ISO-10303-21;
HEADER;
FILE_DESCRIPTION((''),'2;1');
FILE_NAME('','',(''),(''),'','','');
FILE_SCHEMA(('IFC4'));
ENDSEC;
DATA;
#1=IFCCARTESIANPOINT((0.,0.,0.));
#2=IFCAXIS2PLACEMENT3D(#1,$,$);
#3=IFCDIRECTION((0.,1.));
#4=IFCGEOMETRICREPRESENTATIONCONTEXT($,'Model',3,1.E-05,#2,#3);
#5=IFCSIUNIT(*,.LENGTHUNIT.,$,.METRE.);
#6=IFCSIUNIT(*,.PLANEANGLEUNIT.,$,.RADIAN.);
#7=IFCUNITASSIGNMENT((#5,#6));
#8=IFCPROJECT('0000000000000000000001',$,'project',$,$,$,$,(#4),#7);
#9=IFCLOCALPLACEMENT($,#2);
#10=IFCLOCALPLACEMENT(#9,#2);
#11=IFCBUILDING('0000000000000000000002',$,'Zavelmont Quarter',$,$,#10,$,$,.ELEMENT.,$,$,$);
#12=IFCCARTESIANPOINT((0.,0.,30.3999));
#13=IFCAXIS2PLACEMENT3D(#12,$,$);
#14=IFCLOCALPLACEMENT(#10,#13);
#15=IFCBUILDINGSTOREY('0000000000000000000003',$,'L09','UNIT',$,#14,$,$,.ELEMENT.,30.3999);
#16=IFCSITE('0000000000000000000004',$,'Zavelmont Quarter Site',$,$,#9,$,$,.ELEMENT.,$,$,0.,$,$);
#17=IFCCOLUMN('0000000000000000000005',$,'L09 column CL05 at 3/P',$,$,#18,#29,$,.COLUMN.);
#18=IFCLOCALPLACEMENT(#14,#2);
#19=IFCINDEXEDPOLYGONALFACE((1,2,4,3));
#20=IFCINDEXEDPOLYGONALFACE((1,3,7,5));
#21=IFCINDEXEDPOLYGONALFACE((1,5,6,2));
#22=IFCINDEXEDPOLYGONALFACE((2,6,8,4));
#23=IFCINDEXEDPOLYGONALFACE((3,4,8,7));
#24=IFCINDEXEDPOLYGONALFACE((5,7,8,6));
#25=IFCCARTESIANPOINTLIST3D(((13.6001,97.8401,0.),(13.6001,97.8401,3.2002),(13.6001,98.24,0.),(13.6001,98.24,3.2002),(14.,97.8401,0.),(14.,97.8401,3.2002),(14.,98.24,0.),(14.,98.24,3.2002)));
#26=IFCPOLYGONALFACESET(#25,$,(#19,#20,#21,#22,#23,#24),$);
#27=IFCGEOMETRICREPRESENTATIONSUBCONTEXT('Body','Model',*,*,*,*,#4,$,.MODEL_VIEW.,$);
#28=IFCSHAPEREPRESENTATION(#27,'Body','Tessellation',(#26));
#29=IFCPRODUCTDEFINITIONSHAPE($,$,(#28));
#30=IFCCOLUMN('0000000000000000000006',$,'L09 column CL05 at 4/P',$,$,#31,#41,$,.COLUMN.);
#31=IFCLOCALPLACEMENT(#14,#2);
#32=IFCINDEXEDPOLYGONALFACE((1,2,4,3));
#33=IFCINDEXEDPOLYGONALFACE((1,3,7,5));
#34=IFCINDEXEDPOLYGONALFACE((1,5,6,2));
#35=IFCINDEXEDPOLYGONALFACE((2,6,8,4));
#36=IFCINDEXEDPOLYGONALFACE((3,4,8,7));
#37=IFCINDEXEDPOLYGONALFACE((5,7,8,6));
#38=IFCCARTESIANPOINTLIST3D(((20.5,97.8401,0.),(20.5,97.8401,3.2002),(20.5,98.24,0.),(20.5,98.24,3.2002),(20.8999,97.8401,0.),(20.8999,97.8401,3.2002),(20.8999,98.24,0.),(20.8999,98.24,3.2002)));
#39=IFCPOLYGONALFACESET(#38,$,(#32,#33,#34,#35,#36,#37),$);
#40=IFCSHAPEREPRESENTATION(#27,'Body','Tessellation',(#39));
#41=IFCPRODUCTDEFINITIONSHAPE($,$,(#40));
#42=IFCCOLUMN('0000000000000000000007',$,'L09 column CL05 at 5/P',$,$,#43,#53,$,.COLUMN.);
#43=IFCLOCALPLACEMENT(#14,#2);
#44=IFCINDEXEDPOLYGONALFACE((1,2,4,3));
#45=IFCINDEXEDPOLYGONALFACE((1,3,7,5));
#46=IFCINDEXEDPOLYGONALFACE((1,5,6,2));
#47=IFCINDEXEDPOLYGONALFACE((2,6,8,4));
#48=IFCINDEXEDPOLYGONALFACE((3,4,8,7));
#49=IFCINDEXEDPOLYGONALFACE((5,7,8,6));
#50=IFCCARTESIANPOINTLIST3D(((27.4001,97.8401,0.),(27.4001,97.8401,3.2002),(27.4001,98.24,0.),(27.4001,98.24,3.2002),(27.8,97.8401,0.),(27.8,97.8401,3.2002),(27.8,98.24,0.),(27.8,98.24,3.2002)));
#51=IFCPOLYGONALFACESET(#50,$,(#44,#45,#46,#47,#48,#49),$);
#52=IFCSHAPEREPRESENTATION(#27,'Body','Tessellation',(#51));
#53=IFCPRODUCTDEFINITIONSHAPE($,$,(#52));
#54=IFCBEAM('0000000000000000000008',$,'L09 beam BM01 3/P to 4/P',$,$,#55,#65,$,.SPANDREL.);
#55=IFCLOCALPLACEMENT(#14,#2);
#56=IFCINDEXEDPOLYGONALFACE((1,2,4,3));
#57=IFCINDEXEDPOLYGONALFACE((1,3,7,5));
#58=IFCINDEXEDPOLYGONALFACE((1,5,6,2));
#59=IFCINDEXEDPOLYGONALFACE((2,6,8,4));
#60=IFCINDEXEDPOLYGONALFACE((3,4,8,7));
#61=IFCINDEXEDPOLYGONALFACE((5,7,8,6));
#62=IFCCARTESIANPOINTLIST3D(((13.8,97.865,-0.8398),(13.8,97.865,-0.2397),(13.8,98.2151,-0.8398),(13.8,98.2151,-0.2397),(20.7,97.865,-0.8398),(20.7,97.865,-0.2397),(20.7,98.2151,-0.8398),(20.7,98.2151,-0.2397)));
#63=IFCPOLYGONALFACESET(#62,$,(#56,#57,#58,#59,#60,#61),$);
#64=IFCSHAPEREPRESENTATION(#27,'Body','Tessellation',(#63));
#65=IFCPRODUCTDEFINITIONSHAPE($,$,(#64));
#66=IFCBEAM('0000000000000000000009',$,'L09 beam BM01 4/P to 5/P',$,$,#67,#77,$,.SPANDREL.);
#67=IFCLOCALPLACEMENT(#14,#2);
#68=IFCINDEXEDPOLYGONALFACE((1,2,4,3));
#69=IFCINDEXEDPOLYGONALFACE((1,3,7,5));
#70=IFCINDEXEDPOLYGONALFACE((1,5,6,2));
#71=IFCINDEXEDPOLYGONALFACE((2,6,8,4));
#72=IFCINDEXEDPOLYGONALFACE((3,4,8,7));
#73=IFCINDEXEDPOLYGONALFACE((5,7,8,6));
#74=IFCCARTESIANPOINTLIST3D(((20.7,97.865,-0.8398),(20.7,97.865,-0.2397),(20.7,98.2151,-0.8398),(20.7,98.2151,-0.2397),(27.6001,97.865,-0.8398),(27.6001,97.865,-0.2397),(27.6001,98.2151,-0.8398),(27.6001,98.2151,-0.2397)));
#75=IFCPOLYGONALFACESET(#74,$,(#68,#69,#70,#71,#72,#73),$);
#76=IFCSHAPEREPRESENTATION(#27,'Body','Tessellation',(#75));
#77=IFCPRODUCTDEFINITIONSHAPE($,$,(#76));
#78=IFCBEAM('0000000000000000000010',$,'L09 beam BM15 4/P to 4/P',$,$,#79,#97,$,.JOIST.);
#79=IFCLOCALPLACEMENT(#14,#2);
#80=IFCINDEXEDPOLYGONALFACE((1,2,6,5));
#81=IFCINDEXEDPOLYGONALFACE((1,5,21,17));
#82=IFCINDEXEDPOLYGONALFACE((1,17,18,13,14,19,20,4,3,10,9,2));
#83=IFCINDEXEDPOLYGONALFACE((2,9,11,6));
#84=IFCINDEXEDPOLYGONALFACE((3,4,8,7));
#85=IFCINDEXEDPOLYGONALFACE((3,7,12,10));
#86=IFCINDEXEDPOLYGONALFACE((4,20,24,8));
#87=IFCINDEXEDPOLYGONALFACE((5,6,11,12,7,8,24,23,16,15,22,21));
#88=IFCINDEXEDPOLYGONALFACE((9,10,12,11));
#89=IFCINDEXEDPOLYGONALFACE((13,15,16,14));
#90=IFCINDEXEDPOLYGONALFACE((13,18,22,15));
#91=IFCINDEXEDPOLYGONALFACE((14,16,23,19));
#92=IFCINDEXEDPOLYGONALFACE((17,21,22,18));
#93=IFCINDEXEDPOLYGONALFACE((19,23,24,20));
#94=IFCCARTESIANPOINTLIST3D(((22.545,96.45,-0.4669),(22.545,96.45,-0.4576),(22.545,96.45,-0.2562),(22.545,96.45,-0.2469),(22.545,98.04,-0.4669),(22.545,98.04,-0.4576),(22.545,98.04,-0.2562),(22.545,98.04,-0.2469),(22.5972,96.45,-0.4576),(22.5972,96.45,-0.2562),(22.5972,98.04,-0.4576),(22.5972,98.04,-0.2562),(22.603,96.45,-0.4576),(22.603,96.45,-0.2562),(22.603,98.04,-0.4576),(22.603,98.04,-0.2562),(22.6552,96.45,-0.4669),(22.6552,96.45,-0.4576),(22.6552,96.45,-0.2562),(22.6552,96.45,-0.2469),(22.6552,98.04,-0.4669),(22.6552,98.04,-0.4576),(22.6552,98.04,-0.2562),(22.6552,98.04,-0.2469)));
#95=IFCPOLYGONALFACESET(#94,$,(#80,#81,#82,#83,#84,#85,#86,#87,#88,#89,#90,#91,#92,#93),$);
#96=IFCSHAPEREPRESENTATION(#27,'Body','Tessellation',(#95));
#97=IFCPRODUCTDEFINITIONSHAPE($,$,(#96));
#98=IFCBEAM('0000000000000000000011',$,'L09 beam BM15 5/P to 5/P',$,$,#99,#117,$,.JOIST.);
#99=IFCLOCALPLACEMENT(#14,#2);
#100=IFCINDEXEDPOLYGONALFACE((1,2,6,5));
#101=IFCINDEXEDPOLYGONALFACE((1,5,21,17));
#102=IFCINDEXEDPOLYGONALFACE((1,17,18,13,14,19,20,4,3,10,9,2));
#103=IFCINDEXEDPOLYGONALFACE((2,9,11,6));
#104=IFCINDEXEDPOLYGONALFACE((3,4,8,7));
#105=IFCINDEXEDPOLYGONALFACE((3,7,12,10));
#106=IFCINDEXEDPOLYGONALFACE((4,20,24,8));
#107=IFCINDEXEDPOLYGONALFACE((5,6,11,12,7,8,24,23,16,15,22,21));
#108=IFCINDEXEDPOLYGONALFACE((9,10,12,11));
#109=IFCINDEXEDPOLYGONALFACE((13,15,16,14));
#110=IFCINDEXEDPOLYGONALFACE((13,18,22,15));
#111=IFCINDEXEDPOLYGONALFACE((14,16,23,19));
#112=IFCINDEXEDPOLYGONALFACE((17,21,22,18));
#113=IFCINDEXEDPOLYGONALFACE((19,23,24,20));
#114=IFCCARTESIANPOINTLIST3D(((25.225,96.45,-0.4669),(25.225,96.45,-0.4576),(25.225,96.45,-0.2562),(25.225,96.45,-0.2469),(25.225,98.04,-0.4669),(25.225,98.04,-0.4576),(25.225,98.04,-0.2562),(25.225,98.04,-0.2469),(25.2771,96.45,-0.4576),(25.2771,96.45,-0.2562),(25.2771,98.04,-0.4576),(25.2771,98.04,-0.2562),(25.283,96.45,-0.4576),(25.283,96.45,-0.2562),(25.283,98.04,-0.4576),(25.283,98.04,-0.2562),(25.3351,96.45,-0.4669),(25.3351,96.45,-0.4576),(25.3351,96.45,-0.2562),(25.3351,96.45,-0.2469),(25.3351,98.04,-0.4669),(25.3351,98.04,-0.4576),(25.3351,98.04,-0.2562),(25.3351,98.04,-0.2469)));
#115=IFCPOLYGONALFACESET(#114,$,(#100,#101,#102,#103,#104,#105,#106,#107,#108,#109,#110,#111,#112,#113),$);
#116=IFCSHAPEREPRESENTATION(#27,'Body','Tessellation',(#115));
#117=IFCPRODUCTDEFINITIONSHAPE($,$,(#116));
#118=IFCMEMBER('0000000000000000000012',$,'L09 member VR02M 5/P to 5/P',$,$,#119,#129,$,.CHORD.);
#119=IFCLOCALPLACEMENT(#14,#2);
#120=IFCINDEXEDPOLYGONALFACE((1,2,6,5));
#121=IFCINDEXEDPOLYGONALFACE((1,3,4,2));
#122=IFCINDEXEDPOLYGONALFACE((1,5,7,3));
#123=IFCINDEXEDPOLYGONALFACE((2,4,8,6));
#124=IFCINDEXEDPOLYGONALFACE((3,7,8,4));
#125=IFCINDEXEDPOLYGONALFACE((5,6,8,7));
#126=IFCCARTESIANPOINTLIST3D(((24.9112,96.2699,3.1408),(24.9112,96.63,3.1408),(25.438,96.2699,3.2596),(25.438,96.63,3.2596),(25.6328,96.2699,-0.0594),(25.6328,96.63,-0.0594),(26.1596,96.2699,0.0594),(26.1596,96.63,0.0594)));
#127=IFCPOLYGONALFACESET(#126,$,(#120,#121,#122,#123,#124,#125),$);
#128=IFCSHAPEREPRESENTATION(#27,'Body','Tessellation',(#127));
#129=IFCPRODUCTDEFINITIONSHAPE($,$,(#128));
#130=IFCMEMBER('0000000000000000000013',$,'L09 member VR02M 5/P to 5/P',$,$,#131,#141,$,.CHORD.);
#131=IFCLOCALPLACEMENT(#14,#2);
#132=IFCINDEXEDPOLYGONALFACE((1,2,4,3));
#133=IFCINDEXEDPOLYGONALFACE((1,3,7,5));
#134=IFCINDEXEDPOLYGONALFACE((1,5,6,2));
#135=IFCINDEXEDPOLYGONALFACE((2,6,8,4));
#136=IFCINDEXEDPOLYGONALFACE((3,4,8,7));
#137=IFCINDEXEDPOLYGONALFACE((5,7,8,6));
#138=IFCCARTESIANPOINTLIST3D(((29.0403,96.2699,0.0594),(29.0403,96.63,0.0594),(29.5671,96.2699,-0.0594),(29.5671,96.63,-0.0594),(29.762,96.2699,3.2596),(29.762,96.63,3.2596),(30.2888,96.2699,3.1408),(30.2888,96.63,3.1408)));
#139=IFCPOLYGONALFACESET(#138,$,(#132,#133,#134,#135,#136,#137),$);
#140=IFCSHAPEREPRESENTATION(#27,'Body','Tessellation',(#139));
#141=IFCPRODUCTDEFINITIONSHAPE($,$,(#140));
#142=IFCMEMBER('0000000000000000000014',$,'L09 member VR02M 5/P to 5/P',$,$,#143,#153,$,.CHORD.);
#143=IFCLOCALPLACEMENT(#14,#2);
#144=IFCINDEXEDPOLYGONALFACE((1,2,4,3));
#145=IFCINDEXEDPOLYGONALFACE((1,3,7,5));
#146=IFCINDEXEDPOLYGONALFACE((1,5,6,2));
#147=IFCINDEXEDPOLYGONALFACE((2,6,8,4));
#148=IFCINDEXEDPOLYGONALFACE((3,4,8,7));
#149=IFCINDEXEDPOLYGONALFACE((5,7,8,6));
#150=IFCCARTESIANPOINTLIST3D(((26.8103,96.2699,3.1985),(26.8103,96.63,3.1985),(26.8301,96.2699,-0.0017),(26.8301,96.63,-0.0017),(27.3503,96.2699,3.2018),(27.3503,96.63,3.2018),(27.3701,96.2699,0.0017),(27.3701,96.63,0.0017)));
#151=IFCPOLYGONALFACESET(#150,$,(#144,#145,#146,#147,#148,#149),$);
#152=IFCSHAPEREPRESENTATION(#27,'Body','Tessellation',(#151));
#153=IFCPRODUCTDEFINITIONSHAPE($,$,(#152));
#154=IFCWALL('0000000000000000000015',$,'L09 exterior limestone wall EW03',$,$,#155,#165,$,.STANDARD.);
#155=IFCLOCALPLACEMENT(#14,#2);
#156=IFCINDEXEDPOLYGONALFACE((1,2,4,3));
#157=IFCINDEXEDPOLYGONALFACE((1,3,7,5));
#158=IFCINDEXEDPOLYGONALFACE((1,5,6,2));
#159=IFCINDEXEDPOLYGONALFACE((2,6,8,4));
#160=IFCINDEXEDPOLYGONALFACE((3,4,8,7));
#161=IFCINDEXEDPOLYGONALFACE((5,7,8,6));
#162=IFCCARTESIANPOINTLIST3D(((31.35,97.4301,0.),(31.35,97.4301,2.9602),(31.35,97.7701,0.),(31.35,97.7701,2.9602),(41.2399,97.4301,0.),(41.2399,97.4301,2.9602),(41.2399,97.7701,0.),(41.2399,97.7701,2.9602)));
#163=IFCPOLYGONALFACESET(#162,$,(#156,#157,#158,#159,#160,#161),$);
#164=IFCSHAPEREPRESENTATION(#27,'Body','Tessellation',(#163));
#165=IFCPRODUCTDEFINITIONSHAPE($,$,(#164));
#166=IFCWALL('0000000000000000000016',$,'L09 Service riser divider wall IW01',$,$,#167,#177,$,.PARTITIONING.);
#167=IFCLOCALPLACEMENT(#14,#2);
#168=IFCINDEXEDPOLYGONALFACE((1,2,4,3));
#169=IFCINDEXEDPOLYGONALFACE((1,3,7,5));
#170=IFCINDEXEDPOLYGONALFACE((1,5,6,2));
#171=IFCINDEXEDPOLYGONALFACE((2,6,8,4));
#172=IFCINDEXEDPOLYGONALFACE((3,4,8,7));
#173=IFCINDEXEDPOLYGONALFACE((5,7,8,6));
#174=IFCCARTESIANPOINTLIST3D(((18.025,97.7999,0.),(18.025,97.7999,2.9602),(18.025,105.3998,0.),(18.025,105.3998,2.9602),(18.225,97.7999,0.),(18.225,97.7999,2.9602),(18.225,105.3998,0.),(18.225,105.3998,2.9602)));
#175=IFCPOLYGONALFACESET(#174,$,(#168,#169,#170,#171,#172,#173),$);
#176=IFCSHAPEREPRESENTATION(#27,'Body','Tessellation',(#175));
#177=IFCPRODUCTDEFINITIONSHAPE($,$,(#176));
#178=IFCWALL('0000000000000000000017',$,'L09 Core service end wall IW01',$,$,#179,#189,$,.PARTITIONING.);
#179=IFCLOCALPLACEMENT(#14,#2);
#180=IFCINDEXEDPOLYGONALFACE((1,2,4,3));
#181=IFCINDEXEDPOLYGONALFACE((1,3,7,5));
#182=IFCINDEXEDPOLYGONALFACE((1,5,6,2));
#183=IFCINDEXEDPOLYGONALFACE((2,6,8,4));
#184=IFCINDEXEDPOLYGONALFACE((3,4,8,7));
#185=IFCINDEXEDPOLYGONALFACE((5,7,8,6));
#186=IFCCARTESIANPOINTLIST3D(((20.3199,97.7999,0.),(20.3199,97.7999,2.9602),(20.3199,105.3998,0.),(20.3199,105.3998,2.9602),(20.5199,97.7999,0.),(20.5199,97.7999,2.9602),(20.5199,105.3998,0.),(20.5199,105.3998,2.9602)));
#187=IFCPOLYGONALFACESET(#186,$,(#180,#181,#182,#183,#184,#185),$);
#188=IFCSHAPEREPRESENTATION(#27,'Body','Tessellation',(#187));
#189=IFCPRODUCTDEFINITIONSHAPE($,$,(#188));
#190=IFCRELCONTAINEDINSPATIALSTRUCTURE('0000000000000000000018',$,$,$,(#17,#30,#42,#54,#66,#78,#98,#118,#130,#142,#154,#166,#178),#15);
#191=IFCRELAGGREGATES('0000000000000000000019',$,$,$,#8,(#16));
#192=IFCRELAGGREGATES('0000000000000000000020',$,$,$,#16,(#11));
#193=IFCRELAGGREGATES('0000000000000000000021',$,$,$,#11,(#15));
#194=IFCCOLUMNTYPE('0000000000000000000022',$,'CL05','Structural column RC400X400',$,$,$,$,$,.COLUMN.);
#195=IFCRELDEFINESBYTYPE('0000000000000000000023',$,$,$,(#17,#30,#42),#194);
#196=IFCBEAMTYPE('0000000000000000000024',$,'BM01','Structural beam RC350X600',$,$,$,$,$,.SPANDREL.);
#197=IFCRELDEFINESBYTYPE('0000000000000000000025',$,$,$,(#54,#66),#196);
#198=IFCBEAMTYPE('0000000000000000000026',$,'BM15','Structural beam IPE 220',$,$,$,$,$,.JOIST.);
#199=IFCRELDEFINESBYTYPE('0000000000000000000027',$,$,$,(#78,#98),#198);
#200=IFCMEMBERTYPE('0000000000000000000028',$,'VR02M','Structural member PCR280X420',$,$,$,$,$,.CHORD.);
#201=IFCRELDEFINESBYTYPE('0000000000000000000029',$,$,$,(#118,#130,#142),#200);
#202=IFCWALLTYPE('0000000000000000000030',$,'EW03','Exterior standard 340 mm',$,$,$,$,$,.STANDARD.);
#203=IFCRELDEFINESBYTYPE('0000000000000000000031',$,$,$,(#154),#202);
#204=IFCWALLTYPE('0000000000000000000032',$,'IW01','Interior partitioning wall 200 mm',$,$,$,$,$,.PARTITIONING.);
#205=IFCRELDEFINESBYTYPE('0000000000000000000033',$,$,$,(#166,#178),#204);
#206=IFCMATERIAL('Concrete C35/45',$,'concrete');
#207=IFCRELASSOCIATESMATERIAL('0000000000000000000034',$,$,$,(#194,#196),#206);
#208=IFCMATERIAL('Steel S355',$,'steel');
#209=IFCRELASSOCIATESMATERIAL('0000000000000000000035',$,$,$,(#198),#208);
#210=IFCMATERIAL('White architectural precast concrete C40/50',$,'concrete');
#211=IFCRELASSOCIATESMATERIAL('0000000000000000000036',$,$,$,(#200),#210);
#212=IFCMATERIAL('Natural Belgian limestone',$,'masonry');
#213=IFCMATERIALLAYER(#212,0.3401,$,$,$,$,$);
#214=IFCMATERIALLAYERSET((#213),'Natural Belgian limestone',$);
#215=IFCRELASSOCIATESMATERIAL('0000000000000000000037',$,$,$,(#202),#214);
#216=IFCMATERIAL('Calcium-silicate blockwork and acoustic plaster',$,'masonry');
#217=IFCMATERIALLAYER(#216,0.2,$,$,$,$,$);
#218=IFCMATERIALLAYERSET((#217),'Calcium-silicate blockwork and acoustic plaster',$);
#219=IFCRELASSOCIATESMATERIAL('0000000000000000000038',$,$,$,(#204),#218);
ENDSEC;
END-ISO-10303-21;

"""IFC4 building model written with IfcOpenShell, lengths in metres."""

from ifc_helpers import new_model, si_unit, direction, frame, frame_2d, origin, origin_2d, place, context, subcontext, project, spatial, rectangle, i_section, extrude, material, layer, layer_set, material_profile, profile_set, type_object, element, save


model = new_model("IFC4")

# Units and contexts
model_context = context("Model", 3, precision=1e-05, world=origin(), true_north=direction((0.0, 1.0)))
body_context = subcontext(model_context, "Body", "Model", "MODEL_VIEW")
ifc_project = project(units=[si_unit("LENGTHUNIT", "METRE"), si_unit("PLANEANGLEUNIT", "RADIAN")], contexts=[model_context])

# Site, building, storey
site_placement = place(None, origin())
site = spatial("IfcSite", under=ifc_project, at=site_placement, Name="Zavelmont Quarter Site", CompositionType="ELEMENT", RefElevation=0.0)
building_placement = place(site_placement, origin())
building = spatial("IfcBuilding", under=site, at=building_placement, Name="Zavelmont Quarter", CompositionType="ELEMENT")
storey_placement = place(building_placement, frame((0.0, 0.0, 30.3999)))
storey = spatial("IfcBuildingStorey", under=building, at=storey_placement, Name="L09", Description="UNIT", CompositionType="ELEMENT", Elevation=30.3999)

# Columns
ifc_material_1 = material(Name="Concrete C35/45", Category="concrete")
ifc_material_profile_1 = material_profile(ifc_material_1, rectangle(XDim=0.3999, YDim=0.3999, at=origin_2d()), Name="RC400X400")
ifc_profile_set_1 = profile_set([ifc_material_profile_1], Name="Concrete C35/45")
column_type = type_object("IfcColumnType", Name="CL05", Description="Structural column RC400X400", PredefinedType="COLUMN", material=ifc_profile_set_1)
for number, where, z_axis, x_axis, name in (
    (1, (13.8, 98.04, 0.0), (0.0, 0.0, 1.0), (1.0, 0.0, 0.0), "L09 column CL05 at 3/P"),
    (2, (20.7, 98.04, 0.0), (0.0, 0.0, 1.0), (1.0, 0.0, 0.0), "L09 column CL05 at 4/P"),
    (3, (27.6001, 98.04, 0.0), (0.0, 0.0, 1.0), (1.0, 0.0, 0.0), "L09 column CL05 at 5/P"),
):
    element("IfcColumn", number, at=place(storey_placement, frame(where, z_axis=z_axis, x_axis=x_axis)), inside=storey, type_object=column_type, Name=name, PredefinedType="COLUMN", context=body_context, shape_type="SweptSolid", body=[
        extrude(rectangle(XDim=0.3999, YDim=0.3999, at=origin_2d()), origin(), (0.0, 0.0, 1.0), 3.2002),
    ])

# Beams
ifc_material_profile_2 = material_profile(ifc_material_1, rectangle(XDim=0.3501, YDim=0.6001, at=origin_2d()), Name="RC350X600")
ifc_profile_set_2 = profile_set([ifc_material_profile_2], Name="Concrete C35/45")
beam_type_1 = type_object("IfcBeamType", Name="BM01", Description="Structural beam RC350X600", PredefinedType="SPANDREL", material=ifc_profile_set_2)
beam_1_placement = place(storey_placement, frame((13.8, 98.04, -0.5398), z_axis=(1.0, 0.0, 0.0), x_axis=(0.0, 1.0, 0.0)))
element("IfcBeam", 4, at=beam_1_placement, inside=storey, type_object=beam_type_1, Name="L09 beam BM01 3/P to 4/P", PredefinedType="SPANDREL", context=body_context, shape_type="SweptSolid", body=[
    extrude(rectangle(XDim=0.3501, YDim=0.6001, at=origin_2d()), origin(), (0.0, 0.0, 1.0), 6.8999),
])
beam_2_placement = place(storey_placement, frame((20.7, 98.04, -0.5398), z_axis=(1.0, 0.0, 0.0), x_axis=(0.0, 1.0, 0.0)))
element("IfcBeam", 5, at=beam_2_placement, inside=storey, type_object=beam_type_1, Name="L09 beam BM01 4/P to 5/P", PredefinedType="SPANDREL", context=body_context, shape_type="SweptSolid", body=[
    extrude(rectangle(XDim=0.3501, YDim=0.6001, at=origin_2d()), origin(), (0.0, 0.0, 1.0), 6.9001),
])
ifc_material_2 = material(Name="Steel S355", Category="steel")
ifc_material_profile_3 = material_profile(ifc_material_2, i_section(OverallWidth=0.1101, OverallDepth=0.22, WebThickness=0.0059, FlangeThickness=0.0093, at=origin_2d()), Name="IPE 220")
ifc_profile_set_3 = profile_set([ifc_material_profile_3], Name="Steel S355")
beam_type_2 = type_object("IfcBeamType", Name="BM15", Description="Structural beam IPE 220", PredefinedType="JOIST", material=ifc_profile_set_3)
for number, where, z_axis, x_axis, name in (
    (6, (22.6001, 98.04, -0.3569), (0.0, -1.0, 0.0), (1.0, 0.0, 0.0), "L09 beam BM15 4/P to 4/P"),
    (7, (25.28, 98.04, -0.3569), (0.0, -1.0, 0.0), (1.0, 0.0, 0.0), "L09 beam BM15 5/P to 5/P"),
):
    element("IfcBeam", number, at=place(storey_placement, frame(where, z_axis=z_axis, x_axis=x_axis)), inside=storey, type_object=beam_type_2, Name=name, PredefinedType="JOIST", context=body_context, shape_type="SweptSolid", body=[
        extrude(i_section(OverallWidth=0.1101, OverallDepth=0.22, WebThickness=0.0059, FlangeThickness=0.0093, at=origin_2d()), origin(), (0.0, 0.0, 1.0), 1.5901),
    ])

# Members
ifc_material_3 = material(Name="White architectural precast concrete C40/50", Category="concrete")
ifc_material_profile_4 = material_profile(ifc_material_3, rectangle(XDim=0.3601, YDim=0.54, at=origin_2d()), Name="PCR280X420")
ifc_profile_set_4 = profile_set([ifc_material_profile_4], Name="White architectural precast concrete C40/50")
member_type = type_object("IfcMemberType", Name="VR02M", Description="Structural member PCR280X420", PredefinedType="CHORD", material=ifc_profile_set_4)
for number, where, z_axis, x_axis, name in (
    (8, (25.8962, 96.45, 0.0), (-0.219987, 0.0, 0.975503), (0.0, -1.0, 0.0), "L09 member VR02M 5/P to 5/P"),
    (9, (29.3037, 96.45, 0.0), (0.219987, 0.0, 0.975503), (0.0, 1.0, 0.0), "L09 member VR02M 5/P to 5/P"),
):
    element("IfcMember", number, at=place(storey_placement, frame(where, z_axis=z_axis, x_axis=x_axis)), inside=storey, type_object=member_type, Name=name, PredefinedType="CHORD", context=body_context, shape_type="SweptSolid", body=[
        extrude(rectangle(XDim=0.3601, YDim=0.54, at=origin_2d()), origin(), (0.0, 0.0, 1.0), 3.2805),
    ])
member_placement = place(storey_placement, frame((27.1001, 96.45, 0.0), z_axis=(-0.006179, 0.0, 0.999981), x_axis=(0.0, -1.0, 0.0)))
element("IfcMember", 10, at=member_placement, inside=storey, type_object=member_type, Name="L09 member VR02M 5/P to 5/P", PredefinedType="CHORD", context=body_context, shape_type="SweptSolid", body=[
    extrude(rectangle(XDim=0.3601, YDim=0.54, at=origin_2d()), origin(), (0.0, 0.0, 1.0), 3.2002),
])

# Walls
ifc_material_4 = material(Name="Natural Belgian limestone", Category="masonry")
ifc_layer_1 = layer(ifc_material_4, 0.3401)
ifc_layer_set_1 = layer_set([ifc_layer_1], Name="Natural Belgian limestone")
wall_type_1 = type_object("IfcWallType", Name="EW03", Description="Exterior standard 340 mm", PredefinedType="STANDARD", material=ifc_layer_set_1)
wall_1_placement = place(storey_placement, frame((31.3501, 97.6001, 0.0), z_axis=(0.0, 0.0, 1.0), x_axis=(1.0, 0.0, 0.0)))
element("IfcWall", 11, at=wall_1_placement, inside=storey, type_object=wall_type_1, Name="L09 exterior limestone wall EW03", PredefinedType="STANDARD", context=body_context, shape_type="SweptSolid", body=[
    extrude(rectangle(XDim=9.8899, YDim=0.3401, at=frame_2d((4.9448, 0.0))), origin(), (0.0, 0.0, 1.0), 2.9602),
])
ifc_material_5 = material(Name="Calcium-silicate blockwork and acoustic plaster", Category="masonry")
ifc_layer_2 = layer(ifc_material_5, 0.2)
ifc_layer_set_2 = layer_set([ifc_layer_2], Name="Calcium-silicate blockwork and acoustic plaster")
wall_type_2 = type_object("IfcWallType", Name="IW01", Description="Interior partitioning wall 200 mm", PredefinedType="PARTITIONING", material=ifc_layer_set_2)
for number, where, z_axis, x_axis, name in (
    (12, (18.125, 97.8, 0.0), (0.0, 0.0, 1.0), (0.0, 1.0, 0.0), "L09 Service riser divider wall IW01"),
    (13, (20.4199, 97.8, 0.0), (0.0, 0.0, 1.0), (0.0, 1.0, 0.0), "L09 Core service end wall IW01"),
):
    element("IfcWall", number, at=place(storey_placement, frame(where, z_axis=z_axis, x_axis=x_axis)), inside=storey, type_object=wall_type_2, Name=name, PredefinedType="PARTITIONING", context=body_context, shape_type="SweptSolid", body=[
        extrude(rectangle(XDim=7.5999, YDim=0.2, at=frame_2d((3.7998, 0.0))), origin(), (0.0, 0.0, 1.0), 2.9602),
    ])

save(model, "model.ifc")
